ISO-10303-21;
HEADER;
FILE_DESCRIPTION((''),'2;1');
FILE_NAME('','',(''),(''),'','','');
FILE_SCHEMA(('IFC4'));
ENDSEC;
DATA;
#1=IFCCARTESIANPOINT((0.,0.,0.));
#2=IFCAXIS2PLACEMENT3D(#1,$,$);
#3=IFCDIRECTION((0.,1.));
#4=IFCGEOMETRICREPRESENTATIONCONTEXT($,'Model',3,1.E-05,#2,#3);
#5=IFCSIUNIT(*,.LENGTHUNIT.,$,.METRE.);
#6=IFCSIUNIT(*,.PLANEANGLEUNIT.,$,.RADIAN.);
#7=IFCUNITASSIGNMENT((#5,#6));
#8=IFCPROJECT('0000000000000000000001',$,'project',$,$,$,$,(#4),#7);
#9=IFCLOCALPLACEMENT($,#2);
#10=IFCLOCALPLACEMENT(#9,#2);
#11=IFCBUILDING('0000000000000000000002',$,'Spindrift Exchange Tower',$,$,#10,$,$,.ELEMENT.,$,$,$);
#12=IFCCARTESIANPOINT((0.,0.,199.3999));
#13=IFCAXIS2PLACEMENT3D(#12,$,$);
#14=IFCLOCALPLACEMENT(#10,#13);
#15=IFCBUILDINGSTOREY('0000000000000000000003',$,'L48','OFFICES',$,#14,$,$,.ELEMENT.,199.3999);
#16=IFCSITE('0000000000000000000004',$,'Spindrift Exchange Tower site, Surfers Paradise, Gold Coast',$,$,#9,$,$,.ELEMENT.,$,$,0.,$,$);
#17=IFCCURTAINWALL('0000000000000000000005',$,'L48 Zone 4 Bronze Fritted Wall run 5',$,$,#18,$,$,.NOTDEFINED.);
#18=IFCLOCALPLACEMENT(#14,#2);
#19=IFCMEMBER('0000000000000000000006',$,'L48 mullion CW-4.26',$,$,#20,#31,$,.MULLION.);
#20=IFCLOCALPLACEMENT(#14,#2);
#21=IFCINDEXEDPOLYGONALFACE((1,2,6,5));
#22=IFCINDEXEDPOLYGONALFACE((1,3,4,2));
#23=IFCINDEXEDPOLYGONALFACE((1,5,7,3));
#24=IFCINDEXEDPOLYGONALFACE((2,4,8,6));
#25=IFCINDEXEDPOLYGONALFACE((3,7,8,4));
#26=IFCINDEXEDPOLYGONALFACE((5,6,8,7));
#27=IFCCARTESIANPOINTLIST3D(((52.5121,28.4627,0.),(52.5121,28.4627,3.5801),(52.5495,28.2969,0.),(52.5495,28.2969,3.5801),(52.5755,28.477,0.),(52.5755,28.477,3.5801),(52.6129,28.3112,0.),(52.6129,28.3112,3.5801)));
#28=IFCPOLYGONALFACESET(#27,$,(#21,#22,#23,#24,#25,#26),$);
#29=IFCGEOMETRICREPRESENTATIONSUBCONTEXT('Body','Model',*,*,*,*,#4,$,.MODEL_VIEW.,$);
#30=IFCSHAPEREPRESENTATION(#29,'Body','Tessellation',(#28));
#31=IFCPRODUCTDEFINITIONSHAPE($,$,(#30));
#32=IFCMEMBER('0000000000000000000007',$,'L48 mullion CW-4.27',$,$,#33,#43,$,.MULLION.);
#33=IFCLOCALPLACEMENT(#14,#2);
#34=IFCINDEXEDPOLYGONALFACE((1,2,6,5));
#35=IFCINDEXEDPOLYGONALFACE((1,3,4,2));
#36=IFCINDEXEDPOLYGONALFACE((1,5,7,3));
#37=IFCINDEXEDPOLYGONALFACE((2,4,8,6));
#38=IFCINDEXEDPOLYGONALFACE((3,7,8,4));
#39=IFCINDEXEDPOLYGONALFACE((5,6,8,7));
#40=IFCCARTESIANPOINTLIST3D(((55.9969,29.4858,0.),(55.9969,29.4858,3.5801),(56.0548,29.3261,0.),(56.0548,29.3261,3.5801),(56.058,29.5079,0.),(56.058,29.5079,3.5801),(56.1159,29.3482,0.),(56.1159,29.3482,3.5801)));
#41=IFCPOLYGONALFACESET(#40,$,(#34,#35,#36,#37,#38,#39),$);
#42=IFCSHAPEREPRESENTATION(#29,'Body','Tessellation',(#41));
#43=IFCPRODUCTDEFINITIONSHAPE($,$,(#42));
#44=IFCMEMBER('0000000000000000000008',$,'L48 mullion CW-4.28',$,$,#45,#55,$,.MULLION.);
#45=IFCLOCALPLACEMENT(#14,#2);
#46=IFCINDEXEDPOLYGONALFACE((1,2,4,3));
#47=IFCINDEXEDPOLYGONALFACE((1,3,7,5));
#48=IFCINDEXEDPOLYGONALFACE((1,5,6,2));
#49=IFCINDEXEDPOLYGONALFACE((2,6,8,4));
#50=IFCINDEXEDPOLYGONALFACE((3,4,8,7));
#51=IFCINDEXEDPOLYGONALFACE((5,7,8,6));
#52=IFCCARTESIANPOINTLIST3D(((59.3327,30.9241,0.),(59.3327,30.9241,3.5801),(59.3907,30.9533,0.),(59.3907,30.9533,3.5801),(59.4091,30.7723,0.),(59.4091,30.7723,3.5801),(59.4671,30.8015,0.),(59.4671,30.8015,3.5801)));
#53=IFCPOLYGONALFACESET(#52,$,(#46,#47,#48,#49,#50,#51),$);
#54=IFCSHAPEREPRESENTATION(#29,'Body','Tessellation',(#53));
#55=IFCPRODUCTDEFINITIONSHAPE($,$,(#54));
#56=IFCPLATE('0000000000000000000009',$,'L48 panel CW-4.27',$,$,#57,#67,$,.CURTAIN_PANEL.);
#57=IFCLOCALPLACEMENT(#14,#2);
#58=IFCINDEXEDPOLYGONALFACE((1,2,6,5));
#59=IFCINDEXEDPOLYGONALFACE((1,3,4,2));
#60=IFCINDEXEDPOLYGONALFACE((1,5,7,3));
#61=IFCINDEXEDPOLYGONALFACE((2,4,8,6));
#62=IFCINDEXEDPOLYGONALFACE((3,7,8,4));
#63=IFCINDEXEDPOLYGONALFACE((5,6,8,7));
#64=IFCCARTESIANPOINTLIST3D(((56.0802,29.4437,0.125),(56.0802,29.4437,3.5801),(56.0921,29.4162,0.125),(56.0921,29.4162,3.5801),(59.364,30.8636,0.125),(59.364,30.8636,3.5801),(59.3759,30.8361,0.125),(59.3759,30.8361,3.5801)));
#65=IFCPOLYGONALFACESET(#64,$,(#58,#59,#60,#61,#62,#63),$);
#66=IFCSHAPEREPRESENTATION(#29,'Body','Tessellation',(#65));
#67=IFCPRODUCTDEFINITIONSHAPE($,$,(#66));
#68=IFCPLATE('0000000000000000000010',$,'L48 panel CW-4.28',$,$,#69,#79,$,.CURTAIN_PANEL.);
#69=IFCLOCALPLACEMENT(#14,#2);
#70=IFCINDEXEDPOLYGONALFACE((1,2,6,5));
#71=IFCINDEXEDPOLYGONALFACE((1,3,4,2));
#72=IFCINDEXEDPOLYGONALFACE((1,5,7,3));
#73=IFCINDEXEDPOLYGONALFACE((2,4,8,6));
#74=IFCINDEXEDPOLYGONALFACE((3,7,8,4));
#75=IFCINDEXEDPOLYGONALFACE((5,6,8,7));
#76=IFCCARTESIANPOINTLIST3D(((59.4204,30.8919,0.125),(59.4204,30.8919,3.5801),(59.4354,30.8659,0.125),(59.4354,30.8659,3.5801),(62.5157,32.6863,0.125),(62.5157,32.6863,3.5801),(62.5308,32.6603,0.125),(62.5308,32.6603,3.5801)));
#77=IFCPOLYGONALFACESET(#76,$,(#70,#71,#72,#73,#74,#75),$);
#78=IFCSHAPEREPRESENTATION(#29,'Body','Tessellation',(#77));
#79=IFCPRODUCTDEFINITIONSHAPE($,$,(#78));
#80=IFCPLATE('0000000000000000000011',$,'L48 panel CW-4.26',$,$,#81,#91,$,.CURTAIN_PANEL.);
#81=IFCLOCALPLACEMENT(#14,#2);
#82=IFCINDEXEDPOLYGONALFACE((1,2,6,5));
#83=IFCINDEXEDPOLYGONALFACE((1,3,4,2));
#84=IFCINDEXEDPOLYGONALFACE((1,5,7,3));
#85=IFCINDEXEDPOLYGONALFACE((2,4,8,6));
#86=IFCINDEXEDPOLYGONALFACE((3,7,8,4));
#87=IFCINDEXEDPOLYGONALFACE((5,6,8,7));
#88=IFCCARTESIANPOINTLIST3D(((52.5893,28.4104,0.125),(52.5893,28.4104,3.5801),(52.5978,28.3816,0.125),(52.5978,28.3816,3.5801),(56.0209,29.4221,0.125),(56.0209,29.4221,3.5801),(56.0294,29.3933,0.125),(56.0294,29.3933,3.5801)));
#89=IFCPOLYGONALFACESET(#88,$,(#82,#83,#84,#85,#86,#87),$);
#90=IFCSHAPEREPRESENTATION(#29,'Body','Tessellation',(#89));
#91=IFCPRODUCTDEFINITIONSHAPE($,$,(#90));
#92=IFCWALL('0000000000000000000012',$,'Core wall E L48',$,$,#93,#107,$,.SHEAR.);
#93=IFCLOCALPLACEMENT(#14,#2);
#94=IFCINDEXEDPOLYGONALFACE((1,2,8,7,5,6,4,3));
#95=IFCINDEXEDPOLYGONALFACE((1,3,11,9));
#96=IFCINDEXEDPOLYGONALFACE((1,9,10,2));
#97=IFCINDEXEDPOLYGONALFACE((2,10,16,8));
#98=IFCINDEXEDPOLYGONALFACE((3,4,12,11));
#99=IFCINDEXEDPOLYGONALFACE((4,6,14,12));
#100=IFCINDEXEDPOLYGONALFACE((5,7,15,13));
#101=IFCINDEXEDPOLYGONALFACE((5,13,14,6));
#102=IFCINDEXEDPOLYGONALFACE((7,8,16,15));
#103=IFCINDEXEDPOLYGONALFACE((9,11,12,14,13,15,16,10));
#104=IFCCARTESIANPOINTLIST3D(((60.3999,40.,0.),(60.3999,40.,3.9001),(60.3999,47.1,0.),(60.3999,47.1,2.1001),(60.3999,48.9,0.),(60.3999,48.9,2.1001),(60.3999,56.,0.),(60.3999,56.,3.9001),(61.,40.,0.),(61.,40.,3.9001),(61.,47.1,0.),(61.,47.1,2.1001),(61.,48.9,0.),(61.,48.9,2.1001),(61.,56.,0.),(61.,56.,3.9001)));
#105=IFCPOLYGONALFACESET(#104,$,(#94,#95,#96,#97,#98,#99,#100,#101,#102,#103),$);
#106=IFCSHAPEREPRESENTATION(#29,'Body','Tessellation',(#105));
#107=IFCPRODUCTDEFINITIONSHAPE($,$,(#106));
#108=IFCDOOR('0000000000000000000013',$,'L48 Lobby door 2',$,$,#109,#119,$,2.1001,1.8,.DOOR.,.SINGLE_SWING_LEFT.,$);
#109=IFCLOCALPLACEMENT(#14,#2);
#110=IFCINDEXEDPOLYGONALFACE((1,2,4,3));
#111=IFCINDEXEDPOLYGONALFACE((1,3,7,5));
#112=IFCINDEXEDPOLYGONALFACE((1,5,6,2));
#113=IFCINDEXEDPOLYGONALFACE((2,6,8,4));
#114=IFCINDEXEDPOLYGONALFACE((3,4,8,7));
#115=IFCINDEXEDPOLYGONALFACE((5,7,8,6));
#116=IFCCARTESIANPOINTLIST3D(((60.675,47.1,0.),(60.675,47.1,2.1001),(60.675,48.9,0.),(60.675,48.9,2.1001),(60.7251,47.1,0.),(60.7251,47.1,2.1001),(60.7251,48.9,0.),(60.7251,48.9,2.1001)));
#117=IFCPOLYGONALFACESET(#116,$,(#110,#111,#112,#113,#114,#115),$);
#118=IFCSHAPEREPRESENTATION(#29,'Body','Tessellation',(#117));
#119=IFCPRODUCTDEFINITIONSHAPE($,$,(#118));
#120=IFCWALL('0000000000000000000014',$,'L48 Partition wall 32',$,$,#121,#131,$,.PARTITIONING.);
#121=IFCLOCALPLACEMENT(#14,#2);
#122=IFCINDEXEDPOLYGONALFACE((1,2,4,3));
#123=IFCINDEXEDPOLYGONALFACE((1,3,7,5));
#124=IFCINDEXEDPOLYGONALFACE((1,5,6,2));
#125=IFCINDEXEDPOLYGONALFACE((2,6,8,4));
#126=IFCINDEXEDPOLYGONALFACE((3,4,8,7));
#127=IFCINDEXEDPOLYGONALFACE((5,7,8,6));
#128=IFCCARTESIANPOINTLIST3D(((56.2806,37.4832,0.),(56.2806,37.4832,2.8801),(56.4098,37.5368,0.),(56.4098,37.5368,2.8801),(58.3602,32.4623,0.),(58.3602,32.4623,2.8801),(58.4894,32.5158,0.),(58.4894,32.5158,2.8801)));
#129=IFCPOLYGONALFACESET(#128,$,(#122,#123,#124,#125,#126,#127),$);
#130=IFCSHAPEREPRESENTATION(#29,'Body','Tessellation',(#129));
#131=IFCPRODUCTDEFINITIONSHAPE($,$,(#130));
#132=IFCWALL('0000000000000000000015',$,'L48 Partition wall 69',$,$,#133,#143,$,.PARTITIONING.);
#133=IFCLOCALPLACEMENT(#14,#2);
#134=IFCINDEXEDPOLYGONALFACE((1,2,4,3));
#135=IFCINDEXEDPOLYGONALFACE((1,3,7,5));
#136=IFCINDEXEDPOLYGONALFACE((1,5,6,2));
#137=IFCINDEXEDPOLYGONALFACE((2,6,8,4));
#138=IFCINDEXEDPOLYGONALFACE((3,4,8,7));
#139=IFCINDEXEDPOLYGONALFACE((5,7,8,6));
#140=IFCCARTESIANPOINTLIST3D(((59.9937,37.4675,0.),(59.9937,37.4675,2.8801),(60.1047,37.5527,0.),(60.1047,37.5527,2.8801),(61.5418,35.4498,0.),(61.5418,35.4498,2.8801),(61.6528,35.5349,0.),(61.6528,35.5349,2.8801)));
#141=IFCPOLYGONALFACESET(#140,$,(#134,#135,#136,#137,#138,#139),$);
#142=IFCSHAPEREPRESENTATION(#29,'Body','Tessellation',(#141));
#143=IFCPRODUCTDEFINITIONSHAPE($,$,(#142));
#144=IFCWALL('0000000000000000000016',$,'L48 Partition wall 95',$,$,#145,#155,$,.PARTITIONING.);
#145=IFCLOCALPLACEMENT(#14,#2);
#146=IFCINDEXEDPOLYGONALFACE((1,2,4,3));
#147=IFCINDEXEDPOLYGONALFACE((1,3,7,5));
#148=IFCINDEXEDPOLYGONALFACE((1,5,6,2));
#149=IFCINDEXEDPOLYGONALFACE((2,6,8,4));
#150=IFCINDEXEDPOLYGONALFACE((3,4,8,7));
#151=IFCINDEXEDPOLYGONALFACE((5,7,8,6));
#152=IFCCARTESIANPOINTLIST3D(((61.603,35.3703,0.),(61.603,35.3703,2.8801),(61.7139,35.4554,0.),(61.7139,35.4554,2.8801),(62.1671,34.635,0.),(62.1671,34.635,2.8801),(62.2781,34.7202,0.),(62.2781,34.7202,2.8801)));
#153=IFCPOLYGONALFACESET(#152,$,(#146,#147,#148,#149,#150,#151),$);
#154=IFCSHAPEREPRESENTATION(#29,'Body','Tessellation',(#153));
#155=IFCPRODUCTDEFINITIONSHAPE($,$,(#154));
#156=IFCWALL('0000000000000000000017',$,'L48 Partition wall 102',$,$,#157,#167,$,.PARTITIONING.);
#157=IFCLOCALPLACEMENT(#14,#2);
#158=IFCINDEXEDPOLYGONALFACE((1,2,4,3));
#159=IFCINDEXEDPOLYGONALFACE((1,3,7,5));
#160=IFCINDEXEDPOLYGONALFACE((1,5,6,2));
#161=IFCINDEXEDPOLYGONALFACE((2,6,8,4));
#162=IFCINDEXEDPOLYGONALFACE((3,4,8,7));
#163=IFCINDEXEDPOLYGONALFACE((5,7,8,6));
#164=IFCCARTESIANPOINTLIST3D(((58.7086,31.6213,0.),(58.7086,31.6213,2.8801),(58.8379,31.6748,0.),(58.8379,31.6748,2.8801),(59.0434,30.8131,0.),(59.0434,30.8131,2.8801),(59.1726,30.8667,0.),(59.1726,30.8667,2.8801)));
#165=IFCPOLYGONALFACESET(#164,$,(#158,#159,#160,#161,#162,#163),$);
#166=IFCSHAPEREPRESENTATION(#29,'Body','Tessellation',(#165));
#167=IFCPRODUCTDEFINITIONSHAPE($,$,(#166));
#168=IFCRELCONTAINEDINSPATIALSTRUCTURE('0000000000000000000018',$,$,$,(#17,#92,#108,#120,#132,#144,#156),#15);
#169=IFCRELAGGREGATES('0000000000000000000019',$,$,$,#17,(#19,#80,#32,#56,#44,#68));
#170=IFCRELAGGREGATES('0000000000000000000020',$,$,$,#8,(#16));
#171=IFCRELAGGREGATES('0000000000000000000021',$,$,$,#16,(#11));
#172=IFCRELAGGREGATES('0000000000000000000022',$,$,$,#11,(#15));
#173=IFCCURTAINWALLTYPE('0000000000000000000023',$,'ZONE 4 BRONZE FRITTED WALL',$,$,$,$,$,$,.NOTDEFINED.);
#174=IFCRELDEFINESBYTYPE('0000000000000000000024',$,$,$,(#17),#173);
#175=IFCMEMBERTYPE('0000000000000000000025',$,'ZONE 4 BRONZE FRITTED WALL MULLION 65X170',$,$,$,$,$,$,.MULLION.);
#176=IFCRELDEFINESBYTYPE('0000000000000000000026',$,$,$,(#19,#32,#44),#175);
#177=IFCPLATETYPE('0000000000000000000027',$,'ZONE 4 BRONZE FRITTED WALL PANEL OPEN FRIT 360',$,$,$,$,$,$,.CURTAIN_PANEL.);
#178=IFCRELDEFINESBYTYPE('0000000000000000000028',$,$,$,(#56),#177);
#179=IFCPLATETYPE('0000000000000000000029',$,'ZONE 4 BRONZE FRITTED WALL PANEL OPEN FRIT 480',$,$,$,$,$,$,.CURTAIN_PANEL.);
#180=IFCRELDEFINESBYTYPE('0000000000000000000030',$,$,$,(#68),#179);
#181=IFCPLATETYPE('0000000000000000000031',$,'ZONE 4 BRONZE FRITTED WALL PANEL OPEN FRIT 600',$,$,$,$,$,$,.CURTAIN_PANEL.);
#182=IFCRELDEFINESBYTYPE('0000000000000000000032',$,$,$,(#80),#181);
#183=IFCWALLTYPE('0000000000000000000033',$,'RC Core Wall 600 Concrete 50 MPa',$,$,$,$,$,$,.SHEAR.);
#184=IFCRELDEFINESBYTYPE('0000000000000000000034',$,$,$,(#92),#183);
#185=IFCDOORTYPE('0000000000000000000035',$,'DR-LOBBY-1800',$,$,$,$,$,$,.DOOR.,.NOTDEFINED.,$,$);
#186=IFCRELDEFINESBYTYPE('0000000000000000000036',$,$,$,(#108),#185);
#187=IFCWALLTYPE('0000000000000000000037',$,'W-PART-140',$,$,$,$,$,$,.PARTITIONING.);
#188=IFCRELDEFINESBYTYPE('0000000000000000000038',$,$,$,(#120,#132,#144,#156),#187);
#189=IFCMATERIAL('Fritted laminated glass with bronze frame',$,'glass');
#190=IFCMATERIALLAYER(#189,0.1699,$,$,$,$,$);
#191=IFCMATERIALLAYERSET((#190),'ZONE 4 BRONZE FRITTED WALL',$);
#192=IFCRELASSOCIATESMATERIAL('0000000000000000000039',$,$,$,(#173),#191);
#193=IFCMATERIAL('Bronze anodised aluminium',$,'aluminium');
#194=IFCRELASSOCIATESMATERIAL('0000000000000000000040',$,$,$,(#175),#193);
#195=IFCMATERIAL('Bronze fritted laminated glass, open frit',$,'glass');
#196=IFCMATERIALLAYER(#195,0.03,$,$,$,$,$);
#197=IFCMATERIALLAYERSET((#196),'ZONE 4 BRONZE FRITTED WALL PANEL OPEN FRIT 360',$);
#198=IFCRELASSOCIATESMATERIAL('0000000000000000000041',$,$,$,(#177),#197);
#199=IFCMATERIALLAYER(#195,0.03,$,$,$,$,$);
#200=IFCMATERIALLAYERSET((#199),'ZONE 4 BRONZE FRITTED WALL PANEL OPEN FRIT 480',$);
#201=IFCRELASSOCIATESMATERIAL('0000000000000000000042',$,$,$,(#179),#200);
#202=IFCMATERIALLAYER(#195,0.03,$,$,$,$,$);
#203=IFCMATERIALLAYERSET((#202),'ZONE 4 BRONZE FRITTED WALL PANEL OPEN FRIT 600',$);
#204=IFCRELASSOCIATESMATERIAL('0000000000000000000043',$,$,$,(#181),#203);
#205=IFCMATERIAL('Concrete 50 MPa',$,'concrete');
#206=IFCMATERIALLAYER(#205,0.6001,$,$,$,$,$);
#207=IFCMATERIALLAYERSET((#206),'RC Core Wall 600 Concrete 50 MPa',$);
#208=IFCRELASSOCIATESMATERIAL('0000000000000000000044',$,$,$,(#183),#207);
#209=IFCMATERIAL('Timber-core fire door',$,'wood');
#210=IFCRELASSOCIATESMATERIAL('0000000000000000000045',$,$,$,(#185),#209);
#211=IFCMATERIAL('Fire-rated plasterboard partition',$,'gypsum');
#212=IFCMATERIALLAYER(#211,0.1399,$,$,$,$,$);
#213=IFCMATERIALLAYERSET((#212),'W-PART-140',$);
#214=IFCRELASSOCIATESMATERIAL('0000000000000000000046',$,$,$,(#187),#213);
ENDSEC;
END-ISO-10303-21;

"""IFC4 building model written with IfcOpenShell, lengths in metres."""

from ifc_helpers import new_model, si_unit, direction, frame, frame_2d, origin, origin_2d, place, context, subcontext, project, spatial, rectangle, extrude, source, transform, mapped, material, layer, layer_set, material_profile, profile_set, type_object, element, fill, aggregate, save


model = new_model("IFC4")

# Units and contexts
model_context = context("Model", 3, precision=1e-05, world=origin(), true_north=direction((0.0, 1.0)))
body_context = subcontext(model_context, "Body", "Model", "MODEL_VIEW")
ifc_project = project(units=[si_unit("LENGTHUNIT", "METRE"), si_unit("PLANEANGLEUNIT", "RADIAN")], contexts=[model_context])

# Site, building, storey
site_placement = place(None, origin())
site = spatial("IfcSite", under=ifc_project, at=site_placement, Name="Spindrift Exchange Tower site, Surfers Paradise, Gold Coast", CompositionType="ELEMENT", RefElevation=0.0)
building_placement = place(site_placement, origin())
building = spatial("IfcBuilding", under=site, at=building_placement, Name="Spindrift Exchange Tower", CompositionType="ELEMENT")
storey_placement = place(building_placement, frame((0.0, 0.0, 199.3999)))
storey = spatial("IfcBuildingStorey", under=building, at=storey_placement, Name="L48", Description="OFFICES", CompositionType="ELEMENT", Elevation=199.3999)

# Shared definitions
ifc_material_1 = material(Name="Concrete 50 MPa", Category="concrete")

# Curtain wall, members, plates
ifc_material_2 = material(Name="Fritted laminated glass with bronze frame", Category="glass")
ifc_layer_1 = layer(ifc_material_2, 0.1699)
ifc_layer_set_1 = layer_set([ifc_layer_1], Name="ZONE 4 BRONZE FRITTED WALL")
curtain_wall_type = type_object("IfcCurtainWallType", Name="ZONE 4 BRONZE FRITTED WALL", PredefinedType="NOTDEFINED", material=ifc_layer_set_1)
curtain_wall_placement = place(storey_placement, origin())
curtain_wall = element("IfcCurtainWall", 1, at=curtain_wall_placement, inside=storey, type_object=curtain_wall_type, Name="L48 Zone 4 Bronze Fritted Wall run 5", PredefinedType="NOTDEFINED")
ifc_material_3 = material(Name="Bronze anodised aluminium", Category="aluminium")
ifc_material_profile_1 = material_profile(ifc_material_3, rectangle(XDim=0.0649, YDim=0.1699, at=origin_2d()), Name="ZONE 4 BRONZE FRITTED WALL MULLION 65X170")
ifc_profile_set_1 = profile_set([ifc_material_profile_1], Name="Bronze anodised aluminium")
member_type_1 = type_object("IfcMemberType", Name="ZONE 4 BRONZE FRITTED WALL MULLION 65X170", PredefinedType="MULLION", material=ifc_profile_set_1)
shared_shape_1 = source(origin(), body_context, "Body", "SweptSolid", [
    extrude(rectangle(XDim=0.0649, YDim=0.1699, at=origin_2d()), origin(), (0.0, 0.0, 1.0), 3.5801),
])
member_1_placement = place(storey_placement, frame((52.5625, 28.387, 0.0), z_axis=(0.0, 0.0, 1.0), x_axis=(0.975448, 0.220232, 0.0)))
member_1 = element("IfcMember", 2, at=member_1_placement, type_object=member_type_1, Name="L48 mullion CW-4.26", PredefinedType="MULLION", context=body_context, shape_type="MappedRepresentation", body=[
    mapped(shared_shape_1, transform((0.0, 0.0, 0.0), scale=1.0)),
])
member_2_placement = place(storey_placement, frame((56.0564, 29.417, 0.0), z_axis=(0.0, 0.0, 1.0), x_axis=(0.940258, 0.340463, 0.0)))
member_2 = element("IfcMember", 3, at=member_2_placement, type_object=member_type_1, Name="L48 mullion CW-4.27", PredefinedType="MULLION", context=body_context, shape_type="MappedRepresentation", body=[
    mapped(shared_shape_1, transform((0.0, 0.0, 0.0), scale=1.0)),
])
member_3_placement = place(storey_placement, frame((59.3999, 30.8628, 0.0), z_axis=(0.0, 0.0, 1.0), x_axis=(0.89304, 0.449976, 0.0)))
member_3 = element("IfcMember", 4, at=member_3_placement, type_object=member_type_1, Name="L48 mullion CW-4.28", PredefinedType="MULLION", context=body_context, shape_type="MappedRepresentation", body=[
    mapped(shared_shape_1, transform((0.0, 0.0, 0.0), scale=1.0)),
])
ifc_material_4 = material(Name="Bronze fritted laminated glass, open frit", Category="glass")
ifc_layer_2 = layer(ifc_material_4, 0.03)
ifc_layer_set_2 = layer_set([ifc_layer_2], Name="ZONE 4 BRONZE FRITTED WALL PANEL OPEN FRIT 360")
plate_type_1 = type_object("IfcPlateType", Name="ZONE 4 BRONZE FRITTED WALL PANEL OPEN FRIT 360", PredefinedType="CURTAIN_PANEL", material=ifc_layer_set_2)
shared_shape_2 = source(origin(), body_context, "Body", "SweptSolid", [
    extrude(rectangle(XDim=3.5776, YDim=0.03, at=origin_2d()), origin(), (0.0, 0.0, 1.0), 3.4551),
])
plate_1_placement = place(storey_placement, frame((57.728, 30.1399, 0.125), z_axis=(0.0, 0.0, 1.0), x_axis=(0.917871, 0.396879, 0.0)))
plate_1 = element("IfcPlate", 5, at=plate_1_placement, type_object=plate_type_1, Name="L48 panel CW-4.27", PredefinedType="CURTAIN_PANEL", context=body_context, shape_type="MappedRepresentation", body=[
    mapped(shared_shape_2, transform((0.0, 0.0, 0.0), scale=1.0)),
])
ifc_layer_3 = layer(ifc_material_4, 0.03)
ifc_layer_set_3 = layer_set([ifc_layer_3], Name="ZONE 4 BRONZE FRITTED WALL PANEL OPEN FRIT 480")
plate_type_2 = type_object("IfcPlateType", Name="ZONE 4 BRONZE FRITTED WALL PANEL OPEN FRIT 480", PredefinedType="CURTAIN_PANEL", material=ifc_layer_set_3)
shared_shape_3 = source(origin(), body_context, "Body", "SweptSolid", [
    extrude(rectangle(XDim=3.5779, YDim=0.03, at=origin_2d()), origin(), (0.0, 0.0, 1.0), 3.4551),
])
plate_2_placement = place(storey_placement, frame((60.9756, 31.7761, 0.125), z_axis=(0.0, 0.0, 1.0), x_axis=(0.865142, 0.501527, 0.0)))
plate_2 = element("IfcPlate", 6, at=plate_2_placement, type_object=plate_type_2, Name="L48 panel CW-4.28", PredefinedType="CURTAIN_PANEL", context=body_context, shape_type="MappedRepresentation", body=[
    mapped(shared_shape_3, transform((0.0, 0.0, 0.0), scale=1.0)),
])
ifc_layer_4 = layer(ifc_material_4, 0.03)
ifc_layer_set_4 = layer_set([ifc_layer_4], Name="ZONE 4 BRONZE FRITTED WALL PANEL OPEN FRIT 600")
plate_type_3 = type_object("IfcPlateType", Name="ZONE 4 BRONZE FRITTED WALL PANEL OPEN FRIT 600", PredefinedType="CURTAIN_PANEL", material=ifc_layer_set_4)
shared_shape_4 = source(origin(), body_context, "Body", "SweptSolid", [
    extrude(rectangle(XDim=3.5776, YDim=0.03, at=origin_2d()), origin(), (0.0, 0.0, 1.0), 3.4551),
])
plate_3_placement = place(storey_placement, frame((54.3093, 28.9019, 0.125), z_axis=(0.0, 0.0, 1.0), x_axis=(0.959181, 0.282793, 0.0)))
plate_3 = element("IfcPlate", 7, at=plate_3_placement, type_object=plate_type_3, Name="L48 panel CW-4.26", PredefinedType="CURTAIN_PANEL", context=body_context, shape_type="MappedRepresentation", body=[
    mapped(shared_shape_4, transform((0.0, 0.0, 0.0), scale=1.0)),
])
aggregate(curtain_wall, [member_1, plate_3, member_2, plate_1, member_3, plate_2])

# Wall, opening, door
ifc_layer_5 = layer(ifc_material_1, 0.6001)
ifc_layer_set_5 = layer_set([ifc_layer_5], Name="RC Core Wall 600 Concrete 50 MPa")
wall_type_1 = type_object("IfcWallType", Name="RC Core Wall 600 Concrete 50 MPa", PredefinedType="SHEAR", material=ifc_layer_set_5)
wall_1_placement = place(storey_placement, frame((60.7, 40.0, 0.0), z_axis=(0.0, 0.0, 1.0), x_axis=(0.0, 1.0, 0.0)))
wall_1 = element("IfcWall", 8, at=wall_1_placement, inside=storey, type_object=wall_type_1, Name="Core wall E L48", PredefinedType="SHEAR", context=body_context, shape_type="SweptSolid", body=[
    extrude(rectangle(XDim=16.0, YDim=0.6001, at=frame_2d((8.0, 0.0))), origin(), (0.0, 0.0, 1.0), 3.9001),
])
opening_placement = place(wall_1_placement, frame((7.1001, 0.0, 0.0)))
opening = element("IfcOpeningElement", 9, at=opening_placement, cuts=wall_1, PredefinedType="OPENING", context=body_context, shape_type="SweptSolid", body=[
    extrude(rectangle(XDim=1.8, YDim=2.1001, at=frame_2d((0.8999, 1.05))), frame((0.0, 0.3101, 0.0), z_axis=(0.0, -1.0, 0.0), x_axis=(1.0, 0.0, 0.0)), (0.0, 0.0, 1.0), 0.6201),
])
ifc_material_5 = material(Name="Timber-core fire door", Category="wood")
door_type = type_object("IfcDoorType", Name="DR-LOBBY-1800", OperationType="NOTDEFINED", PredefinedType="DOOR", material=ifc_material_5)
shared_shape_5 = source(origin(), body_context, "Body", "SweptSolid", [
    extrude(rectangle(XDim=1.8, YDim=2.1001, at=frame_2d((0.8999, 1.05))), frame((0.0, 0.0249, 0.0), z_axis=(0.0, -1.0, 0.0), x_axis=(1.0, 0.0, 0.0)), (0.0, 0.0, 1.0), 0.05),
])
door_placement = place(opening_placement, origin())
door = element("IfcDoor", 10, at=door_placement, inside=storey, type_object=door_type, Name="L48 Lobby door 2", OperationType="SINGLE_SWING_LEFT", OverallHeight=2.1001, OverallWidth=1.8, PredefinedType="DOOR", context=body_context, shape_type="MappedRepresentation", body=[
    mapped(shared_shape_5, transform((0.0, 0.0, 0.0), scale=1.0)),
])
fill(opening, door)

# Walls
ifc_material_6 = material(Name="Fire-rated plasterboard partition", Category="gypsum")
ifc_layer_6 = layer(ifc_material_6, 0.1399)
ifc_layer_set_6 = layer_set([ifc_layer_6], Name="W-PART-140")
wall_type_2 = type_object("IfcWallType", Name="W-PART-140", PredefinedType="PARTITIONING", material=ifc_layer_set_6)
wall_2_placement = place(storey_placement, frame((56.3452, 37.51, 0.0), z_axis=(0.0, 0.0, 1.0), x_axis=(0.382656, -0.923891, 0.0)))
element("IfcWall", 11, at=wall_2_placement, inside=storey, type_object=wall_type_2, Name="L48 Partition wall 32", PredefinedType="PARTITIONING", context=body_context, shape_type="SweptSolid", body=[
    extrude(rectangle(XDim=5.4346, YDim=0.1399, at=frame_2d((2.7173, 0.0))), origin(), (0.0, 0.0, 1.0), 2.8801),
])
wall_3_placement = place(storey_placement, frame((60.0493, 37.51, 0.0), z_axis=(0.0, 0.0, 1.0), x_axis=(0.608704, -0.793398, 0.0)))
element("IfcWall", 12, at=wall_3_placement, inside=storey, type_object=wall_type_2, Name="L48 Partition wall 69", PredefinedType="PARTITIONING", context=body_context, shape_type="SweptSolid", body=[
    extrude(rectangle(XDim=2.5432, YDim=0.1399, at=frame_2d((1.2715, 0.0))), origin(), (0.0, 0.0, 1.0), 2.8801),
])
wall_4_placement = place(storey_placement, frame((61.6584, 35.4128, 0.0), z_axis=(0.0, 0.0, 1.0), x_axis=(0.60873, -0.793377, 0.0)))
element("IfcWall", 13, at=wall_4_placement, inside=storey, type_object=wall_type_2, Name="L48 Partition wall 95", PredefinedType="PARTITIONING", context=body_context, shape_type="SweptSolid", body=[
    extrude(rectangle(XDim=0.9268, YDim=0.1399, at=frame_2d((0.4634, 0.0))), origin(), (0.0, 0.0, 1.0), 2.8801),
])
wall_5_placement = place(storey_placement, frame((58.7732, 31.6482, 0.0), z_axis=(0.0, 0.0, 1.0), x_axis=(0.382672, -0.923884, 0.0)))
element("IfcWall", 14, at=wall_5_placement, inside=storey, type_object=wall_type_2, Name="L48 Partition wall 102", PredefinedType="PARTITIONING", context=body_context, shape_type="SweptSolid", body=[
    extrude(rectangle(XDim=0.8748, YDim=0.1399, at=frame_2d((0.4375, 0.0))), origin(), (0.0, 0.0, 1.0), 2.8801),
])

save(model, "model.ifc")
